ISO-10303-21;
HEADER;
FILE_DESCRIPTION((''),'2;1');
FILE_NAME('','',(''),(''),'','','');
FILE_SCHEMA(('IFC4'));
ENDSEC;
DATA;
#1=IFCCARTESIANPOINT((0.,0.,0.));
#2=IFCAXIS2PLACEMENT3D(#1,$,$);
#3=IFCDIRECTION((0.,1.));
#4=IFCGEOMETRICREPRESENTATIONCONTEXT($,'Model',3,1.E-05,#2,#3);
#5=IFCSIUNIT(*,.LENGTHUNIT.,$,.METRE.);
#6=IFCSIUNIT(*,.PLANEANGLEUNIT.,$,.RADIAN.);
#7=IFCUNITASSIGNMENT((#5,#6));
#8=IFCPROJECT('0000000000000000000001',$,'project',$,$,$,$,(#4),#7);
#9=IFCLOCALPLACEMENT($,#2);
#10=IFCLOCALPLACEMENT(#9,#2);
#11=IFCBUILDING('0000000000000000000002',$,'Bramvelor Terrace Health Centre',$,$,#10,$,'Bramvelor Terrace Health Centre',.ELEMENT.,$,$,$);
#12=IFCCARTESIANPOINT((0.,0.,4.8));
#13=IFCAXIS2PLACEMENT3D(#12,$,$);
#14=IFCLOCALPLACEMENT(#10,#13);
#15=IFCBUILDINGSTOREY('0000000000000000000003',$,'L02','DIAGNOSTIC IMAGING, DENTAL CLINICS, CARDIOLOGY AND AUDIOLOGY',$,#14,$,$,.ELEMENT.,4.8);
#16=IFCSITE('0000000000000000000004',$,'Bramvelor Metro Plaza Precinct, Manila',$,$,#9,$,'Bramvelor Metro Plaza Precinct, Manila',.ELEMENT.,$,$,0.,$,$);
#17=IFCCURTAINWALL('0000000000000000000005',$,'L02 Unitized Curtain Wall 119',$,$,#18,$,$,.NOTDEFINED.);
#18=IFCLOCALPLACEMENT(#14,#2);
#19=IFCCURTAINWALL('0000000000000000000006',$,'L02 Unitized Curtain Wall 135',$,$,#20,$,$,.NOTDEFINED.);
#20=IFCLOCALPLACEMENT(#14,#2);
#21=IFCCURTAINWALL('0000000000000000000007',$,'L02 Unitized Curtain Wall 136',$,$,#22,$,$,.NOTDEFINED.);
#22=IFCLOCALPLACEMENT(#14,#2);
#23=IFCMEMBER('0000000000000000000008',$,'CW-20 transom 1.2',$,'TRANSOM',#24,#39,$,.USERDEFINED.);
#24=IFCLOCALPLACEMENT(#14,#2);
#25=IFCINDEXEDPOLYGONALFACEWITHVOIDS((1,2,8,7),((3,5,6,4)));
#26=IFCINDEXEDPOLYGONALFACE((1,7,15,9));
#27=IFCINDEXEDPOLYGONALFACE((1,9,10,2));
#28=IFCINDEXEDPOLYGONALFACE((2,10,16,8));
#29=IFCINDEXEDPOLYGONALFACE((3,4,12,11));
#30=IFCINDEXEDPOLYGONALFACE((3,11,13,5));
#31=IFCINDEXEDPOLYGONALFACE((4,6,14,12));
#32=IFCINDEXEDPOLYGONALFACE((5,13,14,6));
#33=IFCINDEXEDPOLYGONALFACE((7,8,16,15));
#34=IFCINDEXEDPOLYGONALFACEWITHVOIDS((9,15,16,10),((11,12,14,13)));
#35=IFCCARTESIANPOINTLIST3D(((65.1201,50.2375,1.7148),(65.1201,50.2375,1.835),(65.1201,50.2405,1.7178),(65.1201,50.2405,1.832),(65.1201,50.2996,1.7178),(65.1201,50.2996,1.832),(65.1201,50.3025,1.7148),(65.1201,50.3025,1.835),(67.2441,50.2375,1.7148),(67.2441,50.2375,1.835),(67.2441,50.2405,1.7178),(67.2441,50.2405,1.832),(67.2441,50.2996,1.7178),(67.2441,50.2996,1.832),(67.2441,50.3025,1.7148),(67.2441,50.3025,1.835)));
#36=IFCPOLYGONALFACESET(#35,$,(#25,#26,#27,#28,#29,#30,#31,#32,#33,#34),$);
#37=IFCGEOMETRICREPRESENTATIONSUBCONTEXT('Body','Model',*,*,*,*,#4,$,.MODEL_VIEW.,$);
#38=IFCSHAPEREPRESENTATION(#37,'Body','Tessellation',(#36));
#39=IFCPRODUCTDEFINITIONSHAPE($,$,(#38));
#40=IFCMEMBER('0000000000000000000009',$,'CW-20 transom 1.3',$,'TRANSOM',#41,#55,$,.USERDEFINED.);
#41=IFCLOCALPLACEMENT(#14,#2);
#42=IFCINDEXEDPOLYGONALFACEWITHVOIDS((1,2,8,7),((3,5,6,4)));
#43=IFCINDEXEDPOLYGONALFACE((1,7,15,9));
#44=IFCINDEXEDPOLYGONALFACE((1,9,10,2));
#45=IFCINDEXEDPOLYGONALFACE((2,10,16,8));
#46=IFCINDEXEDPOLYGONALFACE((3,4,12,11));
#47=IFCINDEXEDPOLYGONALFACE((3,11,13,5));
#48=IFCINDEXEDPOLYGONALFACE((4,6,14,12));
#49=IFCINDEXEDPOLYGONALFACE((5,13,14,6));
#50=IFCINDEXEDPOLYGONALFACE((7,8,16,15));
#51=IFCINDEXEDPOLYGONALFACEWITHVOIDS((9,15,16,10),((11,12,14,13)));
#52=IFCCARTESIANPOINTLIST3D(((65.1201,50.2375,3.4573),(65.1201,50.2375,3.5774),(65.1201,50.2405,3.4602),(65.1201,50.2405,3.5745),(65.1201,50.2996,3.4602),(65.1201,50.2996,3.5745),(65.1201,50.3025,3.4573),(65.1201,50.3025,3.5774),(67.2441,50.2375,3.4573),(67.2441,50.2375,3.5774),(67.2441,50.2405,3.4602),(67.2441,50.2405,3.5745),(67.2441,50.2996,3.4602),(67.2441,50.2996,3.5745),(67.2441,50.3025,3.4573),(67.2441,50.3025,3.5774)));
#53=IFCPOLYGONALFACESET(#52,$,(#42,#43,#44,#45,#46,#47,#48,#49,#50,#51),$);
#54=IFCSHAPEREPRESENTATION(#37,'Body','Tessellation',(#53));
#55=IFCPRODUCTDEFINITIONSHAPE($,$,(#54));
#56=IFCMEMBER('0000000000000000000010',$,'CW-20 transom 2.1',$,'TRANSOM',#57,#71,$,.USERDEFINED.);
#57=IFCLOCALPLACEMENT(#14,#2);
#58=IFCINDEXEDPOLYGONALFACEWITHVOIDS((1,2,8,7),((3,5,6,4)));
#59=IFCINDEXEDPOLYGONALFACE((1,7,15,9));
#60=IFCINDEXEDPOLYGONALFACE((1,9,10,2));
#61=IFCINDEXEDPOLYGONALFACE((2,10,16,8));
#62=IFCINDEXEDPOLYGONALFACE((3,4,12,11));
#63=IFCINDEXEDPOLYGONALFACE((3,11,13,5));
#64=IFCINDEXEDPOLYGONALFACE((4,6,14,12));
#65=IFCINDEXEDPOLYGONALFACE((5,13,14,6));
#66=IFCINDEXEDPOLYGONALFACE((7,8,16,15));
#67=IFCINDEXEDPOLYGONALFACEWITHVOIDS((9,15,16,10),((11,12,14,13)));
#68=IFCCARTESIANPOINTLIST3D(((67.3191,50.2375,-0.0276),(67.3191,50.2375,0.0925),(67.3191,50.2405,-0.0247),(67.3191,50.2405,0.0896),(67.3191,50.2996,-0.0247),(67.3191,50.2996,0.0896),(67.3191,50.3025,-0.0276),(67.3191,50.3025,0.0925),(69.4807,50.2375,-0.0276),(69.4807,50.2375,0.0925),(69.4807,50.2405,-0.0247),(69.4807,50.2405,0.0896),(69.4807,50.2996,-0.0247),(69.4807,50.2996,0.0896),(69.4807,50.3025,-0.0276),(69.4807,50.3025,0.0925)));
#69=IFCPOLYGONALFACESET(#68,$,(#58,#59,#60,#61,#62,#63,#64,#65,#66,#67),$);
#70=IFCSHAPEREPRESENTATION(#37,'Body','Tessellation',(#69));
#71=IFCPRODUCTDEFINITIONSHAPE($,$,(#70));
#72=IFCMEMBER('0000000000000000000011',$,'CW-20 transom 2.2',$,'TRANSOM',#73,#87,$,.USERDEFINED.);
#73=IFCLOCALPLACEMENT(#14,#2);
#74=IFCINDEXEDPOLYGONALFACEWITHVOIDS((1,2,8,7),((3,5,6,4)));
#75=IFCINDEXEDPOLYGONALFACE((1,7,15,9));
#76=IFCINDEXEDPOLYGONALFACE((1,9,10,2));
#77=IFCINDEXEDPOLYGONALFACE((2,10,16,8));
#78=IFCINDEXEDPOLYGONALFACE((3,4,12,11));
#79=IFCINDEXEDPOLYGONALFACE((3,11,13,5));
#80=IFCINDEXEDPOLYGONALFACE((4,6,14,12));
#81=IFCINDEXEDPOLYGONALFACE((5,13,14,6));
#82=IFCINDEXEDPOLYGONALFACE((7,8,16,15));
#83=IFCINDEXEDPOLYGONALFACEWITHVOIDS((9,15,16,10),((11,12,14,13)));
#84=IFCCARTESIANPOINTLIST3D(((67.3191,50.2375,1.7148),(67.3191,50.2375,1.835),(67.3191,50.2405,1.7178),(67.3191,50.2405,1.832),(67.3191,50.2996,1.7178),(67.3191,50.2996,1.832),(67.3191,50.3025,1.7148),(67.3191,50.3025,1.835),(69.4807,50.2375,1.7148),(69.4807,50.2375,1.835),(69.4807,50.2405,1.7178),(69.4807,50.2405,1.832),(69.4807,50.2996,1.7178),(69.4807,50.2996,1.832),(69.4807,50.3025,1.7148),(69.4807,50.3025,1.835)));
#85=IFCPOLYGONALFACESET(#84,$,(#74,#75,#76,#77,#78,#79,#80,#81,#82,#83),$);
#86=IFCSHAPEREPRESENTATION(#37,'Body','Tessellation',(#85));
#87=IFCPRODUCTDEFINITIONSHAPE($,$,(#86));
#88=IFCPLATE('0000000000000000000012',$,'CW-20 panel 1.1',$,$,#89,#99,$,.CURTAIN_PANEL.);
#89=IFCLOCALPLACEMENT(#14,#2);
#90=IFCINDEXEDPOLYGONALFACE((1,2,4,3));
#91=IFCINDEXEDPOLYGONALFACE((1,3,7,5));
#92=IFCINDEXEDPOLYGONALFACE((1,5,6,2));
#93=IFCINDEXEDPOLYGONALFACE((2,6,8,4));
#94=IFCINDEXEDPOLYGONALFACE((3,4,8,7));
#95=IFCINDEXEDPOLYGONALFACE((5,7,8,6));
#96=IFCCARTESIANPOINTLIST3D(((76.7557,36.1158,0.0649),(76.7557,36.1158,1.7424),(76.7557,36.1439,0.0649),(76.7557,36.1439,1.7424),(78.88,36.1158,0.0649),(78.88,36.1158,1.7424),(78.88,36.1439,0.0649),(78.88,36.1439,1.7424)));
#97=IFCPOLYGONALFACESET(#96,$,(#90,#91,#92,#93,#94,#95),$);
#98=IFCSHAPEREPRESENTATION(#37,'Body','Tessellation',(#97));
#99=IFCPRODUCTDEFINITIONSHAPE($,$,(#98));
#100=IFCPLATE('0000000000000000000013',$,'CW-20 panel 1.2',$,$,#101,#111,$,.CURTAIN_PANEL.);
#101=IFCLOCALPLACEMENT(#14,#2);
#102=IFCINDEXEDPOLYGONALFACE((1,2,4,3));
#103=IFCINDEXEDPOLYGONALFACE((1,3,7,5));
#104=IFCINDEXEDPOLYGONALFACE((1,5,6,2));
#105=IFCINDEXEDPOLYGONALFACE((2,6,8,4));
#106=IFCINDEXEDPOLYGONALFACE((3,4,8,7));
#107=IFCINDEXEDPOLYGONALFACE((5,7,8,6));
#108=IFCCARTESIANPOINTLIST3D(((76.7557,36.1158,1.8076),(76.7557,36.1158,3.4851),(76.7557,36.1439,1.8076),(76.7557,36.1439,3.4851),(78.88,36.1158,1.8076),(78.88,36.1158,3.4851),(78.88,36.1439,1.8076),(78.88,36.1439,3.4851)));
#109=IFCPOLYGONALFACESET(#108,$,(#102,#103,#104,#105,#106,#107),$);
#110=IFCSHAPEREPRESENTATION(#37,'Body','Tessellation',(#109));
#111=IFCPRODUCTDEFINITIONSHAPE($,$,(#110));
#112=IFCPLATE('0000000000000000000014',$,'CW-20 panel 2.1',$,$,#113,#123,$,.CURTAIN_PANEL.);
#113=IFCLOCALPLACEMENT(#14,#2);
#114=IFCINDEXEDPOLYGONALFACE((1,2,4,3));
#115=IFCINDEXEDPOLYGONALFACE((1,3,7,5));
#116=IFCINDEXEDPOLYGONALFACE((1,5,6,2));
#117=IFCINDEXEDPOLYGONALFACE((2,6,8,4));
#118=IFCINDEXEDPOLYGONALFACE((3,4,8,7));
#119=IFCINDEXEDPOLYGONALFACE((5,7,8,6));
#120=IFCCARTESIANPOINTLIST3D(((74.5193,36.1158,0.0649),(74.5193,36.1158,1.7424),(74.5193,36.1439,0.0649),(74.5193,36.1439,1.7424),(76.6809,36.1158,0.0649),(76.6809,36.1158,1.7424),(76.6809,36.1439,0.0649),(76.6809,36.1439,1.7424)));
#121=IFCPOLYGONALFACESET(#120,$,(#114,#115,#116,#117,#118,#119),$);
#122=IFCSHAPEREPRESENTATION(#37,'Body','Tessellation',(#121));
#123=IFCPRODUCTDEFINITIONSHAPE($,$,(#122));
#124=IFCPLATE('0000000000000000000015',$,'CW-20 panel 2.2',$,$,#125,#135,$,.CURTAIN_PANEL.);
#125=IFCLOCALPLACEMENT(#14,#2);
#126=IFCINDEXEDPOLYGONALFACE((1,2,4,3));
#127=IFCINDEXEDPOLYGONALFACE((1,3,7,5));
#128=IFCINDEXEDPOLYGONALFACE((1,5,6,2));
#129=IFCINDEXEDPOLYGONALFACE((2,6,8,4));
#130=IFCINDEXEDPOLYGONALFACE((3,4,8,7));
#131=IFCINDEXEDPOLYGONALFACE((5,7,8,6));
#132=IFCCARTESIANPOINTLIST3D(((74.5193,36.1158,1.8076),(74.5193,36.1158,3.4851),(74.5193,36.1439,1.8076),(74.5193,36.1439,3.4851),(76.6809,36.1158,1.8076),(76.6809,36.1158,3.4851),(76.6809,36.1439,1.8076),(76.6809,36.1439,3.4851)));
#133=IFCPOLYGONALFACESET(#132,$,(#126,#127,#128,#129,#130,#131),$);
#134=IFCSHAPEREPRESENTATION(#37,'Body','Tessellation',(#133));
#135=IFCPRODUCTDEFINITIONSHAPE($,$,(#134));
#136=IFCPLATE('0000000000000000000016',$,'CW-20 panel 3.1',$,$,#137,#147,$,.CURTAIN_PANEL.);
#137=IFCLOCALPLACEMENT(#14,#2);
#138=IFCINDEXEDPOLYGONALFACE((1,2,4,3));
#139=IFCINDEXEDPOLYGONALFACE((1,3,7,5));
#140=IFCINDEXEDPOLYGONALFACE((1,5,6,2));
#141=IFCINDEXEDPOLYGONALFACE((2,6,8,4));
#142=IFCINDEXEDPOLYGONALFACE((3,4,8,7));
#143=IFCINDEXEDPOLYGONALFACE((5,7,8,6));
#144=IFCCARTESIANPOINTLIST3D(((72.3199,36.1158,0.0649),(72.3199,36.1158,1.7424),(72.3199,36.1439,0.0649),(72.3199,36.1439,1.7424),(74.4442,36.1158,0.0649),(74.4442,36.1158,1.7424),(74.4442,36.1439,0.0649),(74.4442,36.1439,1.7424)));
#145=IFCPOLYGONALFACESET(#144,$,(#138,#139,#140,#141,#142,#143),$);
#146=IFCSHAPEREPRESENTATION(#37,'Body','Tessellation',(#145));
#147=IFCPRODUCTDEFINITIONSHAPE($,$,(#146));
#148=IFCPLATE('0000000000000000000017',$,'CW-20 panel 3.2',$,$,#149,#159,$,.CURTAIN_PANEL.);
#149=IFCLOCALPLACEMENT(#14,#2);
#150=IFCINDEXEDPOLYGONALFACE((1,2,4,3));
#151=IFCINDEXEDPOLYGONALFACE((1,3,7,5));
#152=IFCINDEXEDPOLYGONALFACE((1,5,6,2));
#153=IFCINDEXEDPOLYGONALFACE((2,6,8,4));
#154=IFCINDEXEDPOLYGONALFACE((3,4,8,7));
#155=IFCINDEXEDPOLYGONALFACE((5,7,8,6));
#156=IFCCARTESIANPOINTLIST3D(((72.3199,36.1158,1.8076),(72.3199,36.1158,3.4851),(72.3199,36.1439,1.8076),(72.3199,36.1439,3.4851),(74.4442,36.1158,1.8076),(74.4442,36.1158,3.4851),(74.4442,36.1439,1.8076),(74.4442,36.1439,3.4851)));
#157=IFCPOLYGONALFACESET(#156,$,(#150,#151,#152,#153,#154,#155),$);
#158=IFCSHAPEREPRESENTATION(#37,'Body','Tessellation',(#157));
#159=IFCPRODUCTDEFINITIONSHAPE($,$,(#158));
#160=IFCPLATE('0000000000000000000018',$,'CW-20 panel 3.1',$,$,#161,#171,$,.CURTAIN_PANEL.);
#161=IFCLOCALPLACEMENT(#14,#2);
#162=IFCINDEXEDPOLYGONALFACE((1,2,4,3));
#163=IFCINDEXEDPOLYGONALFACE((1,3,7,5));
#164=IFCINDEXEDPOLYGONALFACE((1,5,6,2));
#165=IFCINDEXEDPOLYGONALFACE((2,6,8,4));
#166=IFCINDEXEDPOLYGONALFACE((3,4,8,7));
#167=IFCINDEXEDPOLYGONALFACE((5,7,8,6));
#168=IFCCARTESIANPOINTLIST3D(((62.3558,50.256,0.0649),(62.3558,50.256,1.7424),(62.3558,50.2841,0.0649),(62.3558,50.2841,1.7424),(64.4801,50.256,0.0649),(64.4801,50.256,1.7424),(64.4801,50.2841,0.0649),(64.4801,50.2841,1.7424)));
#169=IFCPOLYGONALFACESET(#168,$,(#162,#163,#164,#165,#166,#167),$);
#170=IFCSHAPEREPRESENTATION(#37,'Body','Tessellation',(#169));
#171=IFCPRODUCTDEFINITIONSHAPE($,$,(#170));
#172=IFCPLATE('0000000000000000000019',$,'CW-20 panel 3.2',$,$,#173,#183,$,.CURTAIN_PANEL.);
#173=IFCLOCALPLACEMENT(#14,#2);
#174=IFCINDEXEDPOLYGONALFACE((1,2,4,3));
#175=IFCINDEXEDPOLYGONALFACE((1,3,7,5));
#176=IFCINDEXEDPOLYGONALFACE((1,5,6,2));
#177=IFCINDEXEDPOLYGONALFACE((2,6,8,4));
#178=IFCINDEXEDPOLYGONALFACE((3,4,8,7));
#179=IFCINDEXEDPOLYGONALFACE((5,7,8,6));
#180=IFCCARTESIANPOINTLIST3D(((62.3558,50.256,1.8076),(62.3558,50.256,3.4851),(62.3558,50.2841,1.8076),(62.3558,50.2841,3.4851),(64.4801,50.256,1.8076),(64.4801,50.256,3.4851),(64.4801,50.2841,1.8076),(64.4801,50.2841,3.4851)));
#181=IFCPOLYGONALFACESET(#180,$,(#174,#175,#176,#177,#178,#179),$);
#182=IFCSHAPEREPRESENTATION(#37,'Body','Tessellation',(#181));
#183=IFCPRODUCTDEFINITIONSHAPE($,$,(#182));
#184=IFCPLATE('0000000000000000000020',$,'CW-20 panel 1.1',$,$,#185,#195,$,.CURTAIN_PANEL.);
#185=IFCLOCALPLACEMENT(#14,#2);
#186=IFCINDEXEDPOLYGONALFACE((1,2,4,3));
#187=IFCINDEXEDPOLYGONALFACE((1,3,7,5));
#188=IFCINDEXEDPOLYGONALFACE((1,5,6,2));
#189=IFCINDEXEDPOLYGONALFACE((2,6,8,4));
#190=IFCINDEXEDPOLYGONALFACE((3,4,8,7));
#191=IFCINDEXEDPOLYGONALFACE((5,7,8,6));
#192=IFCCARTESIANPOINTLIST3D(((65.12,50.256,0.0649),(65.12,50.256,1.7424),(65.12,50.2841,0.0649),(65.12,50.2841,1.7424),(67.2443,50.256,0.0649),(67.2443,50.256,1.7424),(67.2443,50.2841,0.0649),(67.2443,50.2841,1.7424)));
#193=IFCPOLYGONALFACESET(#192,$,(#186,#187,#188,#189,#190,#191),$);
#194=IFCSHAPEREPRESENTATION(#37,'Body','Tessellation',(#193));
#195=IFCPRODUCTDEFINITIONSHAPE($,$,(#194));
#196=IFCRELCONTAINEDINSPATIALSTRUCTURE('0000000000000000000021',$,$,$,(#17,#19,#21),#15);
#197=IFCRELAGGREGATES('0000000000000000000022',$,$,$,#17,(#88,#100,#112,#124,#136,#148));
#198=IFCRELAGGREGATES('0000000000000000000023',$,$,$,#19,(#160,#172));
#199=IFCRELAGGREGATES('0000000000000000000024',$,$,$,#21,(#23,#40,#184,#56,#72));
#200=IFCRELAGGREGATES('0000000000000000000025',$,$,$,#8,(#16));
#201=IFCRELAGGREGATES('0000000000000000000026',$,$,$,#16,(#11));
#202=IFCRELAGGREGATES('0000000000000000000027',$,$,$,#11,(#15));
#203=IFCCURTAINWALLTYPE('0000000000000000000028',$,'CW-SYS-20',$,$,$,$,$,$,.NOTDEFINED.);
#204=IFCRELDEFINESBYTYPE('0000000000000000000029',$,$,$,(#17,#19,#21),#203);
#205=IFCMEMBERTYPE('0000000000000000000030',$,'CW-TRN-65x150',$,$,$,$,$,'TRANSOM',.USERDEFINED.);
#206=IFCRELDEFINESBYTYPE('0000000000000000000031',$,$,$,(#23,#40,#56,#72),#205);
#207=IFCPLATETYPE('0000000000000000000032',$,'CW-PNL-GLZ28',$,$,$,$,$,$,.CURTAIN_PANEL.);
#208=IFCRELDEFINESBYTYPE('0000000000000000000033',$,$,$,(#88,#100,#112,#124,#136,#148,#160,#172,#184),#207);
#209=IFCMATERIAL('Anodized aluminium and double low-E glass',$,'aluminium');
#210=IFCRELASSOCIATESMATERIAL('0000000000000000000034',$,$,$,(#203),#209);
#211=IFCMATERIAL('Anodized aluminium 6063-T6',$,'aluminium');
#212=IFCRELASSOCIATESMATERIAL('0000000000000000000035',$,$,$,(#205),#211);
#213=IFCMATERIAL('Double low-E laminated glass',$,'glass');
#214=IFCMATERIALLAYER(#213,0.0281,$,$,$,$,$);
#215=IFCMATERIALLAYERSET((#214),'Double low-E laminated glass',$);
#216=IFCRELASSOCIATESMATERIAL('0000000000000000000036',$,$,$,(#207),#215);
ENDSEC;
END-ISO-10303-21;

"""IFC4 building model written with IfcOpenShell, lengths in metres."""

from ifc_helpers import new_model, si_unit, direction, frame, origin, origin_2d, place, context, subcontext, project, spatial, rectangle, hollow_rectangle, extrude, material, layer, layer_set, material_profile, profile_set, type_object, element, aggregate, save


model = new_model("IFC4")

# Units and contexts
model_context = context("Model", 3, precision=1e-05, world=origin(), true_north=direction((0.0, 1.0)))
body_context = subcontext(model_context, "Body", "Model", "MODEL_VIEW")
ifc_project = project(units=[si_unit("LENGTHUNIT", "METRE"), si_unit("PLANEANGLEUNIT", "RADIAN")], contexts=[model_context])

# Site, building, storey
site_placement = place(None, origin())
site = spatial("IfcSite", under=ifc_project, at=site_placement, Name="Bramvelor Metro Plaza Precinct, Manila", LongName="Bramvelor Metro Plaza Precinct, Manila", CompositionType="ELEMENT", RefElevation=0.0)
building_placement = place(site_placement, origin())
building = spatial("IfcBuilding", under=site, at=building_placement, Name="Bramvelor Terrace Health Centre", LongName="Bramvelor Terrace Health Centre", CompositionType="ELEMENT")
storey_placement = place(building_placement, frame((0.0, 0.0, 4.8)))
storey = spatial("IfcBuildingStorey", under=building, at=storey_placement, Name="L02", Description="DIAGNOSTIC IMAGING, DENTAL CLINICS, CARDIOLOGY AND AUDIOLOGY", CompositionType="ELEMENT", Elevation=4.8)

# Curtain walls
ifc_material_1 = material(Name="Anodized aluminium and double low-E glass", Category="aluminium")
curtain_wall_type = type_object("IfcCurtainWallType", Name="CW-SYS-20", PredefinedType="NOTDEFINED", material=ifc_material_1)
curtain_wall_1_placement = place(storey_placement, origin())
curtain_wall_1 = element("IfcCurtainWall", 1, at=curtain_wall_1_placement, inside=storey, type_object=curtain_wall_type, Name="L02 Unitized Curtain Wall 119", PredefinedType="NOTDEFINED")
curtain_wall_2_placement = place(storey_placement, origin())
curtain_wall_2 = element("IfcCurtainWall", 2, at=curtain_wall_2_placement, inside=storey, type_object=curtain_wall_type, Name="L02 Unitized Curtain Wall 135", PredefinedType="NOTDEFINED")
curtain_wall_3_placement = place(storey_placement, origin())
curtain_wall_3 = element("IfcCurtainWall", 3, at=curtain_wall_3_placement, inside=storey, type_object=curtain_wall_type, Name="L02 Unitized Curtain Wall 136", PredefinedType="NOTDEFINED")

# Members
ifc_material_2 = material(Name="Anodized aluminium 6063-T6", Category="aluminium")
ifc_material_profile_1 = material_profile(ifc_material_2, hollow_rectangle(XDim=0.0649, YDim=0.1201, WallThickness=0.0029, at=origin_2d()), Name="ALU-TRN 65x120x3.0")
ifc_profile_set_1 = profile_set([ifc_material_profile_1], Name="Anodized aluminium 6063-T6")
member_type_1 = type_object("IfcMemberType", Name="CW-TRN-65x150", ElementType="TRANSOM", PredefinedType="USERDEFINED", material=ifc_profile_set_1)
member_1_placement = place(storey_placement, frame((65.1201, 50.27, 1.7749), z_axis=(1.0, 0.0, 0.0), x_axis=(0.0, 1.0, 0.0)))
member_1 = element("IfcMember", 4, at=member_1_placement, type_object=member_type_1, Name="CW-20 transom 1.2", ObjectType="TRANSOM", PredefinedType="USERDEFINED", context=body_context, shape_type="SweptSolid", body=[
    extrude(hollow_rectangle(XDim=0.0649, YDim=0.1201, WallThickness=0.0029, at=origin_2d()), origin(), (0.0, 0.0, 1.0), 2.124),
])
member_2_placement = place(storey_placement, frame((65.1201, 50.27, 3.5173), z_axis=(1.0, 0.0, 0.0), x_axis=(0.0, 1.0, 0.0)))
member_2 = element("IfcMember", 5, at=member_2_placement, type_object=member_type_1, Name="CW-20 transom 1.3", ObjectType="TRANSOM", PredefinedType="USERDEFINED", context=body_context, shape_type="SweptSolid", body=[
    extrude(hollow_rectangle(XDim=0.0649, YDim=0.1201, WallThickness=0.0029, at=origin_2d()), origin(), (0.0, 0.0, 1.0), 2.124),
])
member_3_placement = place(storey_placement, frame((67.3191, 50.27, 0.0325), z_axis=(1.0, 0.0, 0.0), x_axis=(0.0, 1.0, 0.0)))
member_3 = element("IfcMember", 6, at=member_3_placement, type_object=member_type_1, Name="CW-20 transom 2.1", ObjectType="TRANSOM", PredefinedType="USERDEFINED", context=body_context, shape_type="SweptSolid", body=[
    extrude(hollow_rectangle(XDim=0.0649, YDim=0.1201, WallThickness=0.0029, at=origin_2d()), origin(), (0.0, 0.0, 1.0), 2.1616),
])
member_4_placement = place(storey_placement, frame((67.3191, 50.27, 1.7749), z_axis=(1.0, 0.0, 0.0), x_axis=(0.0, 1.0, 0.0)))
member_4 = element("IfcMember", 7, at=member_4_placement, type_object=member_type_1, Name="CW-20 transom 2.2", ObjectType="TRANSOM", PredefinedType="USERDEFINED", context=body_context, shape_type="SweptSolid", body=[
    extrude(hollow_rectangle(XDim=0.0649, YDim=0.1201, WallThickness=0.0029, at=origin_2d()), origin(), (0.0, 0.0, 1.0), 2.1616),
])

# Plates
ifc_material_3 = material(Name="Double low-E laminated glass", Category="glass")
ifc_layer_1 = layer(ifc_material_3, 0.0281)
ifc_layer_set_1 = layer_set([ifc_layer_1], Name="Double low-E laminated glass")
plate_type_1 = type_object("IfcPlateType", Name="CW-PNL-GLZ28", PredefinedType="CURTAIN_PANEL", material=ifc_layer_set_1)
plate_1_placement = place(storey_placement, frame((77.8179, 36.1299, 0.0649), z_axis=(0.0, 0.0, 1.0), x_axis=(-1.0, 0.0, 0.0)))
plate_1 = element("IfcPlate", 8, at=plate_1_placement, type_object=plate_type_1, Name="CW-20 panel 1.1", PredefinedType="CURTAIN_PANEL", context=body_context, shape_type="SweptSolid", body=[
    extrude(rectangle(XDim=2.1243, YDim=0.0281, at=origin_2d()), origin(), (0.0, 0.0, 1.0), 1.6775),
])
plate_2_placement = place(storey_placement, frame((77.8179, 36.1299, 1.8076), z_axis=(0.0, 0.0, 1.0), x_axis=(-1.0, 0.0, 0.0)))
plate_2 = element("IfcPlate", 9, at=plate_2_placement, type_object=plate_type_1, Name="CW-20 panel 1.2", PredefinedType="CURTAIN_PANEL", context=body_context, shape_type="SweptSolid", body=[
    extrude(rectangle(XDim=2.1243, YDim=0.0281, at=origin_2d()), origin(), (0.0, 0.0, 1.0), 1.6775),
])
plate_3_placement = place(storey_placement, frame((75.6001, 36.1299, 0.0649), z_axis=(0.0, 0.0, 1.0), x_axis=(-1.0, 0.0, 0.0)))
plate_3 = element("IfcPlate", 10, at=plate_3_placement, type_object=plate_type_1, Name="CW-20 panel 2.1", PredefinedType="CURTAIN_PANEL", context=body_context, shape_type="SweptSolid", body=[
    extrude(rectangle(XDim=2.1616, YDim=0.0281, at=origin_2d()), origin(), (0.0, 0.0, 1.0), 1.6775),
])
plate_4_placement = place(storey_placement, frame((75.6001, 36.1299, 1.8076), z_axis=(0.0, 0.0, 1.0), x_axis=(-1.0, 0.0, 0.0)))
plate_4 = element("IfcPlate", 11, at=plate_4_placement, type_object=plate_type_1, Name="CW-20 panel 2.2", PredefinedType="CURTAIN_PANEL", context=body_context, shape_type="SweptSolid", body=[
    extrude(rectangle(XDim=2.1616, YDim=0.0281, at=origin_2d()), origin(), (0.0, 0.0, 1.0), 1.6775),
])
plate_5_placement = place(storey_placement, frame((73.3821, 36.1299, 0.0649), z_axis=(0.0, 0.0, 1.0), x_axis=(-1.0, 0.0, 0.0)))
plate_5 = element("IfcPlate", 12, at=plate_5_placement, type_object=plate_type_1, Name="CW-20 panel 3.1", PredefinedType="CURTAIN_PANEL", context=body_context, shape_type="SweptSolid", body=[
    extrude(rectangle(XDim=2.1243, YDim=0.0281, at=origin_2d()), origin(), (0.0, 0.0, 1.0), 1.6775),
])
plate_6_placement = place(storey_placement, frame((73.3821, 36.1299, 1.8076), z_axis=(0.0, 0.0, 1.0), x_axis=(-1.0, 0.0, 0.0)))
plate_6 = element("IfcPlate", 13, at=plate_6_placement, type_object=plate_type_1, Name="CW-20 panel 3.2", PredefinedType="CURTAIN_PANEL", context=body_context, shape_type="SweptSolid", body=[
    extrude(rectangle(XDim=2.1243, YDim=0.0281, at=origin_2d()), origin(), (0.0, 0.0, 1.0), 1.6775),
])
aggregate(curtain_wall_1, [plate_1, plate_2, plate_3, plate_4, plate_5, plate_6])
plate_7_placement = place(storey_placement, frame((63.418, 50.27, 0.0649), z_axis=(0.0, 0.0, 1.0), x_axis=(1.0, 0.0, 0.0)))
plate_7 = element("IfcPlate", 14, at=plate_7_placement, type_object=plate_type_1, Name="CW-20 panel 3.1", PredefinedType="CURTAIN_PANEL", context=body_context, shape_type="SweptSolid", body=[
    extrude(rectangle(XDim=2.1243, YDim=0.0281, at=origin_2d()), origin(), (0.0, 0.0, 1.0), 1.6775),
])
plate_8_placement = place(storey_placement, frame((63.418, 50.27, 1.8076), z_axis=(0.0, 0.0, 1.0), x_axis=(1.0, 0.0, 0.0)))
plate_8 = element("IfcPlate", 15, at=plate_8_placement, type_object=plate_type_1, Name="CW-20 panel 3.2", PredefinedType="CURTAIN_PANEL", context=body_context, shape_type="SweptSolid", body=[
    extrude(rectangle(XDim=2.1243, YDim=0.0281, at=origin_2d()), origin(), (0.0, 0.0, 1.0), 1.6775),
])
aggregate(curtain_wall_2, [plate_7, plate_8])
plate_9_placement = place(storey_placement, frame((66.1821, 50.27, 0.0649), z_axis=(0.0, 0.0, 1.0), x_axis=(1.0, 0.0, 0.0)))
plate_9 = element("IfcPlate", 16, at=plate_9_placement, type_object=plate_type_1, Name="CW-20 panel 1.1", PredefinedType="CURTAIN_PANEL", context=body_context, shape_type="SweptSolid", body=[
    extrude(rectangle(XDim=2.1243, YDim=0.0281, at=origin_2d()), origin(), (0.0, 0.0, 1.0), 1.6775),
])
aggregate(curtain_wall_3, [member_1, member_2, plate_9, member_3, member_4])

save(model, "model.ifc")
